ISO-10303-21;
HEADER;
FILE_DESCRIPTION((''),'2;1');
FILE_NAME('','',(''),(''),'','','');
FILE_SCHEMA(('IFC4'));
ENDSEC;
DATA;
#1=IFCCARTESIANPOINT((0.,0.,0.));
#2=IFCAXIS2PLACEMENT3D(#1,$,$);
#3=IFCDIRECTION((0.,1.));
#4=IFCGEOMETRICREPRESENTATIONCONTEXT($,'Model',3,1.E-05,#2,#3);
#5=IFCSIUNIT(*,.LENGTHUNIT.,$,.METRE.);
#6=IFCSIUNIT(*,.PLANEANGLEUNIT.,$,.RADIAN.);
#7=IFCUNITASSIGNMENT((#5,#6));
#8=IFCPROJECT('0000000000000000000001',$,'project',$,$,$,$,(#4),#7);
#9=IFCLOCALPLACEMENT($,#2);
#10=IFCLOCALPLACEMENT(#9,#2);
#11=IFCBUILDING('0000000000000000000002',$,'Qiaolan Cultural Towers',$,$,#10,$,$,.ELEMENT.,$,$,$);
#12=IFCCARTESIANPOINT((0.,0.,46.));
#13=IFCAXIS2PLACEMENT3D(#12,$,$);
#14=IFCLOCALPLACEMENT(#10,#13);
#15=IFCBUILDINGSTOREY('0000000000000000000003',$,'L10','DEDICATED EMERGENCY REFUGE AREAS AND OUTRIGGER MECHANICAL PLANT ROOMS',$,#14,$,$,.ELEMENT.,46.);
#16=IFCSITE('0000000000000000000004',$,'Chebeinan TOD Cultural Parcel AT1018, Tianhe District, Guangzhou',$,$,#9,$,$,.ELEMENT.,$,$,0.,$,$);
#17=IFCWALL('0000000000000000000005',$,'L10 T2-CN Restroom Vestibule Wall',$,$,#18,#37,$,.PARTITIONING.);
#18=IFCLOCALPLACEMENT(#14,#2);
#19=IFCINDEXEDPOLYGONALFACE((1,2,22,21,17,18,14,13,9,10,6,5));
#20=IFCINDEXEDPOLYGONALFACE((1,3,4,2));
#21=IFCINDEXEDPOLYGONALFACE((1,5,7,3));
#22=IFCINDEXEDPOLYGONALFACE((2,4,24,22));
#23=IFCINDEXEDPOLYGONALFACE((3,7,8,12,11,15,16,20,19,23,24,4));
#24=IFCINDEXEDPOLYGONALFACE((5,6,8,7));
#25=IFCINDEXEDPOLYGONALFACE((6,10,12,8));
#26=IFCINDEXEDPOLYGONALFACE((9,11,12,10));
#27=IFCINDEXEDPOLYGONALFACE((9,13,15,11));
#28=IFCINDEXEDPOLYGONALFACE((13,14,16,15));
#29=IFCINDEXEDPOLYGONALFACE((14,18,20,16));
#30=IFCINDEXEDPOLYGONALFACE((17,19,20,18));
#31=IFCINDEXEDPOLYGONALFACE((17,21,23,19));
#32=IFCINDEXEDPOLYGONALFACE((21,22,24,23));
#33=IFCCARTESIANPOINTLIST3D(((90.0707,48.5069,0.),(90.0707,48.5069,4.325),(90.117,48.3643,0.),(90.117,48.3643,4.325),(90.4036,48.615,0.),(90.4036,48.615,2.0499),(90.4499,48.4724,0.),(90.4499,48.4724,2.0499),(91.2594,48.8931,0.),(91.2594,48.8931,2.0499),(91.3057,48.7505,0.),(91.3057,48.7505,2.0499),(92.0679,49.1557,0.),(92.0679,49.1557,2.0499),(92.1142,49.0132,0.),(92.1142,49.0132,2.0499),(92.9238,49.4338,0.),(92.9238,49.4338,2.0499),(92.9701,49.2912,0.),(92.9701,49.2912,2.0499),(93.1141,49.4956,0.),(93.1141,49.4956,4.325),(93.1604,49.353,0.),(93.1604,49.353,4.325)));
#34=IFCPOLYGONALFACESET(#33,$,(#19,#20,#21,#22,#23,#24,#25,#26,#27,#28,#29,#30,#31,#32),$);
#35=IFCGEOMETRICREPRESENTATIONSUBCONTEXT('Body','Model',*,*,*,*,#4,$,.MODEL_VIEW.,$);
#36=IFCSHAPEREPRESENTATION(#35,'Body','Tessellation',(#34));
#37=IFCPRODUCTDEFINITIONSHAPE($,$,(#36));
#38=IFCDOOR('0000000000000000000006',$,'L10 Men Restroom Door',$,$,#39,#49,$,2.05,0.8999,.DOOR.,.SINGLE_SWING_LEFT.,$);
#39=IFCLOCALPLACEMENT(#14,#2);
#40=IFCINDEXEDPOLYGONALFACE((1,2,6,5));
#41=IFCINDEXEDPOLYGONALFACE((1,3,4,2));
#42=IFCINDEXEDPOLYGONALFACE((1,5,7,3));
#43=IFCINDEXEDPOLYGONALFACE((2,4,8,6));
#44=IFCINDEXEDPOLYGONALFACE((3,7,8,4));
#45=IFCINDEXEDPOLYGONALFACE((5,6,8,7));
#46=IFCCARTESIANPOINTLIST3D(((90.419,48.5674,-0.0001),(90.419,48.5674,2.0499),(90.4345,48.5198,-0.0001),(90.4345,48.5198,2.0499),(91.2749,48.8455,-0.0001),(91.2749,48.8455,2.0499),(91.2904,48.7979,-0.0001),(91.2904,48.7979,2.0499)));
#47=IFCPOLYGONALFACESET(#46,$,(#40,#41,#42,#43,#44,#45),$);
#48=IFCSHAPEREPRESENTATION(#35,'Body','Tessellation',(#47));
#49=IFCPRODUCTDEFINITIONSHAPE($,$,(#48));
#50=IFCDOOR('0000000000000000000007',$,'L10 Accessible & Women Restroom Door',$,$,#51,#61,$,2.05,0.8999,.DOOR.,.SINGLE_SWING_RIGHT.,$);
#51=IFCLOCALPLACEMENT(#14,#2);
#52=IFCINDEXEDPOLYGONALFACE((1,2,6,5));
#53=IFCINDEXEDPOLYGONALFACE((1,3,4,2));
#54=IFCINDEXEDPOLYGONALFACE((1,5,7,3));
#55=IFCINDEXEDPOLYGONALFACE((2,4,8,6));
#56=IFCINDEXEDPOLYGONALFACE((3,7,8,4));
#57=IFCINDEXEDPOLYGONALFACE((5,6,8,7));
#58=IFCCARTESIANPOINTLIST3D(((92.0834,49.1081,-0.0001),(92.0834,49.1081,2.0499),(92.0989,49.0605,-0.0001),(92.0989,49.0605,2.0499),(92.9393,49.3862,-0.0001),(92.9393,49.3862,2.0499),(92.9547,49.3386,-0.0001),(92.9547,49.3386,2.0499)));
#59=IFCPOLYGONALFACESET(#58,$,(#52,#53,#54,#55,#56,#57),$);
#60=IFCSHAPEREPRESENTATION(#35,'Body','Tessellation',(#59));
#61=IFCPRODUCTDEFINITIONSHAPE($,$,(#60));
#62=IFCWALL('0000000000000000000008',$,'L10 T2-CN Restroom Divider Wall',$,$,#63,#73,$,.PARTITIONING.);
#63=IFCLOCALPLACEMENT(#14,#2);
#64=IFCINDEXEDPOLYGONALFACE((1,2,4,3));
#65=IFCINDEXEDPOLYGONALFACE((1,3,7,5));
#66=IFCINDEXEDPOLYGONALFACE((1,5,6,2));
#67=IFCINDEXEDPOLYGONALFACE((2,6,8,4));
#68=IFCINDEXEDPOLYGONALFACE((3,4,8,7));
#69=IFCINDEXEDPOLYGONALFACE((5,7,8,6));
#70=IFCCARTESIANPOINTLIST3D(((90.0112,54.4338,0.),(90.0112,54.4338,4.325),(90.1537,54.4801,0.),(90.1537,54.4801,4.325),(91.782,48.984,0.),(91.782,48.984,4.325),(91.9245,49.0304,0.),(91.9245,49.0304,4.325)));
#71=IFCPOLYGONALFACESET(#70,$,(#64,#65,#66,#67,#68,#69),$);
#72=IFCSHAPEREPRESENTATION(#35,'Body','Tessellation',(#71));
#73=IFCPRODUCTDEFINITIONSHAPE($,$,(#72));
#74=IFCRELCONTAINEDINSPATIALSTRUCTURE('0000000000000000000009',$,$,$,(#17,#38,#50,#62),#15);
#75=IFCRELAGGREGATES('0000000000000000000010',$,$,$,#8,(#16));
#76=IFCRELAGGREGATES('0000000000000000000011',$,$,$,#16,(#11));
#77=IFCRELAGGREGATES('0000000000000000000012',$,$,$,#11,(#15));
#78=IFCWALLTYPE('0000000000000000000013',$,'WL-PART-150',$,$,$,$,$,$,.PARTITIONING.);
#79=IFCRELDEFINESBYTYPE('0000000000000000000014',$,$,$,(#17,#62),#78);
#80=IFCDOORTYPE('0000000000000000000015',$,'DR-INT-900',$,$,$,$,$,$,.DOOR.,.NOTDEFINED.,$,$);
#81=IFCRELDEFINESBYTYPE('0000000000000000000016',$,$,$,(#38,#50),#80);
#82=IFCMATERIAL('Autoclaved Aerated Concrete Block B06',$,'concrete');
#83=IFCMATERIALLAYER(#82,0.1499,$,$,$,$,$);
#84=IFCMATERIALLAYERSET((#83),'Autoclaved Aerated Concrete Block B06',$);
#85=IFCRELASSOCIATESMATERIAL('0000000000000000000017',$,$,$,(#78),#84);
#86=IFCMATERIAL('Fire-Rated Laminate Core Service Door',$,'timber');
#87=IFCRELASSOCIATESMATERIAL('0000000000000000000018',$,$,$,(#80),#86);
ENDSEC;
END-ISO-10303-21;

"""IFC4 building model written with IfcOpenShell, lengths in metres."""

from ifc_helpers import new_model, si_unit, direction, frame, frame_2d, origin, place, context, subcontext, project, spatial, rectangle, extrude, material, layer, layer_set, type_object, element, fill, save


model = new_model("IFC4")

# Units and contexts
model_context = context("Model", 3, precision=1e-05, world=origin(), true_north=direction((0.0, 1.0)))
body_context = subcontext(model_context, "Body", "Model", "MODEL_VIEW")
ifc_project = project(units=[si_unit("LENGTHUNIT", "METRE"), si_unit("PLANEANGLEUNIT", "RADIAN")], contexts=[model_context])

# Site, building, storey
site_placement = place(None, origin())
site = spatial("IfcSite", under=ifc_project, at=site_placement, Name="Chebeinan TOD Cultural Parcel AT1018, Tianhe District, Guangzhou", CompositionType="ELEMENT", RefElevation=0.0)
building_placement = place(site_placement, origin())
building = spatial("IfcBuilding", under=site, at=building_placement, Name="Qiaolan Cultural Towers", CompositionType="ELEMENT")
storey_placement = place(building_placement, frame((0.0, 0.0, 46.0)))
storey = spatial("IfcBuildingStorey", under=building, at=storey_placement, Name="L10", Description="DEDICATED EMERGENCY REFUGE AREAS AND OUTRIGGER MECHANICAL PLANT ROOMS", CompositionType="ELEMENT", Elevation=46.0)

# Shared definitions
ifc_material_1 = material(Name="Autoclaved Aerated Concrete Block B06", Category="concrete")
ifc_layer_1 = layer(ifc_material_1, 0.1499)
ifc_layer_set_1 = layer_set([ifc_layer_1], Name="Autoclaved Aerated Concrete Block B06")
wall_type_1 = type_object("IfcWallType", Name="WL-PART-150", PredefinedType="PARTITIONING", material=ifc_layer_set_1)

# Wall, openings, doors
wall_1_placement = place(storey_placement, frame((90.0938, 48.4355, 0.0), z_axis=(0.0, 0.0, 1.0), x_axis=(0.951067, 0.308986, 0.0)))
wall_1 = element("IfcWall", 1, at=wall_1_placement, inside=storey, type_object=wall_type_1, Name="L10 T2-CN Restroom Vestibule Wall", PredefinedType="PARTITIONING", context=body_context, shape_type="SweptSolid", body=[
    extrude(rectangle(XDim=3.2, YDim=0.1499, at=frame_2d((1.6001, 0.0))), origin(), (0.0, 0.0, 1.0), 4.325),
])
opening_1_placement = place(wall_1_placement, frame((0.3501, 0.0, 0.0)))
opening_1 = element("IfcOpeningElement", 2, at=opening_1_placement, cuts=wall_1, PredefinedType="OPENING", context=body_context, shape_type="SweptSolid", body=[
    extrude(rectangle(XDim=0.8999, YDim=2.05, at=frame_2d((0.45, 1.0249))), frame((0.0, 0.085, 0.0), z_axis=(0.0, -1.0, 0.0), x_axis=(1.0, 0.0, 0.0)), (0.0, 0.0, 1.0), 0.1699),
])
opening_2_placement = place(wall_1_placement, frame((2.1001, 0.0, 0.0)))
opening_2 = element("IfcOpeningElement", 3, at=opening_2_placement, cuts=wall_1, PredefinedType="OPENING", context=body_context, shape_type="SweptSolid", body=[
    extrude(rectangle(XDim=0.8999, YDim=2.05, at=frame_2d((0.45, 1.0249))), frame((0.0, 0.085, 0.0), z_axis=(0.0, -1.0, 0.0), x_axis=(1.0, 0.0, 0.0)), (0.0, 0.0, 1.0), 0.1699),
])
ifc_material_2 = material(Name="Fire-Rated Laminate Core Service Door", Category="timber")
door_type_1 = type_object("IfcDoorType", Name="DR-INT-900", OperationType="NOTDEFINED", PredefinedType="DOOR", material=ifc_material_2)
door_1_placement = place(opening_1_placement, origin())
door_1 = element("IfcDoor", 4, at=door_1_placement, inside=storey, type_object=door_type_1, Name="L10 Men Restroom Door", OperationType="SINGLE_SWING_LEFT", OverallHeight=2.05, OverallWidth=0.8999, PredefinedType="DOOR", context=body_context, shape_type="SweptSolid", body=[
    extrude(rectangle(XDim=0.8999, YDim=2.05, at=frame_2d((0.45, 1.0249))), frame((0.0, 0.0249, 0.0), z_axis=(0.0, -1.0, 0.0), x_axis=(1.0, 0.0, 0.0)), (0.0, 0.0, 1.0), 0.05),
])
fill(opening_1, door_1)
door_2_placement = place(opening_2_placement, origin())
door_2 = element("IfcDoor", 5, at=door_2_placement, inside=storey, type_object=door_type_1, Name="L10 Accessible & Women Restroom Door", OperationType="SINGLE_SWING_RIGHT", OverallHeight=2.05, OverallWidth=0.8999, PredefinedType="DOOR", context=body_context, shape_type="SweptSolid", body=[
    extrude(rectangle(XDim=0.8999, YDim=2.05, at=frame_2d((0.45, 1.0249))), frame((0.0, 0.0249, 0.0), z_axis=(0.0, -1.0, 0.0), x_axis=(1.0, 0.0, 0.0)), (0.0, 0.0, 1.0), 0.05),
])
fill(opening_2, door_2)

# Wall
wall_2_placement = place(storey_placement, frame((91.8533, 49.0071, 0.0), z_axis=(0.0, 0.0, 1.0), x_axis=(-0.309022, 0.951055, 0.0)))
element("IfcWall", 6, at=wall_2_placement, inside=storey, type_object=wall_type_1, Name="L10 T2-CN Restroom Divider Wall", PredefinedType="PARTITIONING", context=body_context, shape_type="SweptSolid", body=[
    extrude(rectangle(XDim=5.7302, YDim=0.1499, at=frame_2d((2.8652, 0.0))), origin(), (0.0, 0.0, 1.0), 4.325),
])

save(model, "model.ifc")
